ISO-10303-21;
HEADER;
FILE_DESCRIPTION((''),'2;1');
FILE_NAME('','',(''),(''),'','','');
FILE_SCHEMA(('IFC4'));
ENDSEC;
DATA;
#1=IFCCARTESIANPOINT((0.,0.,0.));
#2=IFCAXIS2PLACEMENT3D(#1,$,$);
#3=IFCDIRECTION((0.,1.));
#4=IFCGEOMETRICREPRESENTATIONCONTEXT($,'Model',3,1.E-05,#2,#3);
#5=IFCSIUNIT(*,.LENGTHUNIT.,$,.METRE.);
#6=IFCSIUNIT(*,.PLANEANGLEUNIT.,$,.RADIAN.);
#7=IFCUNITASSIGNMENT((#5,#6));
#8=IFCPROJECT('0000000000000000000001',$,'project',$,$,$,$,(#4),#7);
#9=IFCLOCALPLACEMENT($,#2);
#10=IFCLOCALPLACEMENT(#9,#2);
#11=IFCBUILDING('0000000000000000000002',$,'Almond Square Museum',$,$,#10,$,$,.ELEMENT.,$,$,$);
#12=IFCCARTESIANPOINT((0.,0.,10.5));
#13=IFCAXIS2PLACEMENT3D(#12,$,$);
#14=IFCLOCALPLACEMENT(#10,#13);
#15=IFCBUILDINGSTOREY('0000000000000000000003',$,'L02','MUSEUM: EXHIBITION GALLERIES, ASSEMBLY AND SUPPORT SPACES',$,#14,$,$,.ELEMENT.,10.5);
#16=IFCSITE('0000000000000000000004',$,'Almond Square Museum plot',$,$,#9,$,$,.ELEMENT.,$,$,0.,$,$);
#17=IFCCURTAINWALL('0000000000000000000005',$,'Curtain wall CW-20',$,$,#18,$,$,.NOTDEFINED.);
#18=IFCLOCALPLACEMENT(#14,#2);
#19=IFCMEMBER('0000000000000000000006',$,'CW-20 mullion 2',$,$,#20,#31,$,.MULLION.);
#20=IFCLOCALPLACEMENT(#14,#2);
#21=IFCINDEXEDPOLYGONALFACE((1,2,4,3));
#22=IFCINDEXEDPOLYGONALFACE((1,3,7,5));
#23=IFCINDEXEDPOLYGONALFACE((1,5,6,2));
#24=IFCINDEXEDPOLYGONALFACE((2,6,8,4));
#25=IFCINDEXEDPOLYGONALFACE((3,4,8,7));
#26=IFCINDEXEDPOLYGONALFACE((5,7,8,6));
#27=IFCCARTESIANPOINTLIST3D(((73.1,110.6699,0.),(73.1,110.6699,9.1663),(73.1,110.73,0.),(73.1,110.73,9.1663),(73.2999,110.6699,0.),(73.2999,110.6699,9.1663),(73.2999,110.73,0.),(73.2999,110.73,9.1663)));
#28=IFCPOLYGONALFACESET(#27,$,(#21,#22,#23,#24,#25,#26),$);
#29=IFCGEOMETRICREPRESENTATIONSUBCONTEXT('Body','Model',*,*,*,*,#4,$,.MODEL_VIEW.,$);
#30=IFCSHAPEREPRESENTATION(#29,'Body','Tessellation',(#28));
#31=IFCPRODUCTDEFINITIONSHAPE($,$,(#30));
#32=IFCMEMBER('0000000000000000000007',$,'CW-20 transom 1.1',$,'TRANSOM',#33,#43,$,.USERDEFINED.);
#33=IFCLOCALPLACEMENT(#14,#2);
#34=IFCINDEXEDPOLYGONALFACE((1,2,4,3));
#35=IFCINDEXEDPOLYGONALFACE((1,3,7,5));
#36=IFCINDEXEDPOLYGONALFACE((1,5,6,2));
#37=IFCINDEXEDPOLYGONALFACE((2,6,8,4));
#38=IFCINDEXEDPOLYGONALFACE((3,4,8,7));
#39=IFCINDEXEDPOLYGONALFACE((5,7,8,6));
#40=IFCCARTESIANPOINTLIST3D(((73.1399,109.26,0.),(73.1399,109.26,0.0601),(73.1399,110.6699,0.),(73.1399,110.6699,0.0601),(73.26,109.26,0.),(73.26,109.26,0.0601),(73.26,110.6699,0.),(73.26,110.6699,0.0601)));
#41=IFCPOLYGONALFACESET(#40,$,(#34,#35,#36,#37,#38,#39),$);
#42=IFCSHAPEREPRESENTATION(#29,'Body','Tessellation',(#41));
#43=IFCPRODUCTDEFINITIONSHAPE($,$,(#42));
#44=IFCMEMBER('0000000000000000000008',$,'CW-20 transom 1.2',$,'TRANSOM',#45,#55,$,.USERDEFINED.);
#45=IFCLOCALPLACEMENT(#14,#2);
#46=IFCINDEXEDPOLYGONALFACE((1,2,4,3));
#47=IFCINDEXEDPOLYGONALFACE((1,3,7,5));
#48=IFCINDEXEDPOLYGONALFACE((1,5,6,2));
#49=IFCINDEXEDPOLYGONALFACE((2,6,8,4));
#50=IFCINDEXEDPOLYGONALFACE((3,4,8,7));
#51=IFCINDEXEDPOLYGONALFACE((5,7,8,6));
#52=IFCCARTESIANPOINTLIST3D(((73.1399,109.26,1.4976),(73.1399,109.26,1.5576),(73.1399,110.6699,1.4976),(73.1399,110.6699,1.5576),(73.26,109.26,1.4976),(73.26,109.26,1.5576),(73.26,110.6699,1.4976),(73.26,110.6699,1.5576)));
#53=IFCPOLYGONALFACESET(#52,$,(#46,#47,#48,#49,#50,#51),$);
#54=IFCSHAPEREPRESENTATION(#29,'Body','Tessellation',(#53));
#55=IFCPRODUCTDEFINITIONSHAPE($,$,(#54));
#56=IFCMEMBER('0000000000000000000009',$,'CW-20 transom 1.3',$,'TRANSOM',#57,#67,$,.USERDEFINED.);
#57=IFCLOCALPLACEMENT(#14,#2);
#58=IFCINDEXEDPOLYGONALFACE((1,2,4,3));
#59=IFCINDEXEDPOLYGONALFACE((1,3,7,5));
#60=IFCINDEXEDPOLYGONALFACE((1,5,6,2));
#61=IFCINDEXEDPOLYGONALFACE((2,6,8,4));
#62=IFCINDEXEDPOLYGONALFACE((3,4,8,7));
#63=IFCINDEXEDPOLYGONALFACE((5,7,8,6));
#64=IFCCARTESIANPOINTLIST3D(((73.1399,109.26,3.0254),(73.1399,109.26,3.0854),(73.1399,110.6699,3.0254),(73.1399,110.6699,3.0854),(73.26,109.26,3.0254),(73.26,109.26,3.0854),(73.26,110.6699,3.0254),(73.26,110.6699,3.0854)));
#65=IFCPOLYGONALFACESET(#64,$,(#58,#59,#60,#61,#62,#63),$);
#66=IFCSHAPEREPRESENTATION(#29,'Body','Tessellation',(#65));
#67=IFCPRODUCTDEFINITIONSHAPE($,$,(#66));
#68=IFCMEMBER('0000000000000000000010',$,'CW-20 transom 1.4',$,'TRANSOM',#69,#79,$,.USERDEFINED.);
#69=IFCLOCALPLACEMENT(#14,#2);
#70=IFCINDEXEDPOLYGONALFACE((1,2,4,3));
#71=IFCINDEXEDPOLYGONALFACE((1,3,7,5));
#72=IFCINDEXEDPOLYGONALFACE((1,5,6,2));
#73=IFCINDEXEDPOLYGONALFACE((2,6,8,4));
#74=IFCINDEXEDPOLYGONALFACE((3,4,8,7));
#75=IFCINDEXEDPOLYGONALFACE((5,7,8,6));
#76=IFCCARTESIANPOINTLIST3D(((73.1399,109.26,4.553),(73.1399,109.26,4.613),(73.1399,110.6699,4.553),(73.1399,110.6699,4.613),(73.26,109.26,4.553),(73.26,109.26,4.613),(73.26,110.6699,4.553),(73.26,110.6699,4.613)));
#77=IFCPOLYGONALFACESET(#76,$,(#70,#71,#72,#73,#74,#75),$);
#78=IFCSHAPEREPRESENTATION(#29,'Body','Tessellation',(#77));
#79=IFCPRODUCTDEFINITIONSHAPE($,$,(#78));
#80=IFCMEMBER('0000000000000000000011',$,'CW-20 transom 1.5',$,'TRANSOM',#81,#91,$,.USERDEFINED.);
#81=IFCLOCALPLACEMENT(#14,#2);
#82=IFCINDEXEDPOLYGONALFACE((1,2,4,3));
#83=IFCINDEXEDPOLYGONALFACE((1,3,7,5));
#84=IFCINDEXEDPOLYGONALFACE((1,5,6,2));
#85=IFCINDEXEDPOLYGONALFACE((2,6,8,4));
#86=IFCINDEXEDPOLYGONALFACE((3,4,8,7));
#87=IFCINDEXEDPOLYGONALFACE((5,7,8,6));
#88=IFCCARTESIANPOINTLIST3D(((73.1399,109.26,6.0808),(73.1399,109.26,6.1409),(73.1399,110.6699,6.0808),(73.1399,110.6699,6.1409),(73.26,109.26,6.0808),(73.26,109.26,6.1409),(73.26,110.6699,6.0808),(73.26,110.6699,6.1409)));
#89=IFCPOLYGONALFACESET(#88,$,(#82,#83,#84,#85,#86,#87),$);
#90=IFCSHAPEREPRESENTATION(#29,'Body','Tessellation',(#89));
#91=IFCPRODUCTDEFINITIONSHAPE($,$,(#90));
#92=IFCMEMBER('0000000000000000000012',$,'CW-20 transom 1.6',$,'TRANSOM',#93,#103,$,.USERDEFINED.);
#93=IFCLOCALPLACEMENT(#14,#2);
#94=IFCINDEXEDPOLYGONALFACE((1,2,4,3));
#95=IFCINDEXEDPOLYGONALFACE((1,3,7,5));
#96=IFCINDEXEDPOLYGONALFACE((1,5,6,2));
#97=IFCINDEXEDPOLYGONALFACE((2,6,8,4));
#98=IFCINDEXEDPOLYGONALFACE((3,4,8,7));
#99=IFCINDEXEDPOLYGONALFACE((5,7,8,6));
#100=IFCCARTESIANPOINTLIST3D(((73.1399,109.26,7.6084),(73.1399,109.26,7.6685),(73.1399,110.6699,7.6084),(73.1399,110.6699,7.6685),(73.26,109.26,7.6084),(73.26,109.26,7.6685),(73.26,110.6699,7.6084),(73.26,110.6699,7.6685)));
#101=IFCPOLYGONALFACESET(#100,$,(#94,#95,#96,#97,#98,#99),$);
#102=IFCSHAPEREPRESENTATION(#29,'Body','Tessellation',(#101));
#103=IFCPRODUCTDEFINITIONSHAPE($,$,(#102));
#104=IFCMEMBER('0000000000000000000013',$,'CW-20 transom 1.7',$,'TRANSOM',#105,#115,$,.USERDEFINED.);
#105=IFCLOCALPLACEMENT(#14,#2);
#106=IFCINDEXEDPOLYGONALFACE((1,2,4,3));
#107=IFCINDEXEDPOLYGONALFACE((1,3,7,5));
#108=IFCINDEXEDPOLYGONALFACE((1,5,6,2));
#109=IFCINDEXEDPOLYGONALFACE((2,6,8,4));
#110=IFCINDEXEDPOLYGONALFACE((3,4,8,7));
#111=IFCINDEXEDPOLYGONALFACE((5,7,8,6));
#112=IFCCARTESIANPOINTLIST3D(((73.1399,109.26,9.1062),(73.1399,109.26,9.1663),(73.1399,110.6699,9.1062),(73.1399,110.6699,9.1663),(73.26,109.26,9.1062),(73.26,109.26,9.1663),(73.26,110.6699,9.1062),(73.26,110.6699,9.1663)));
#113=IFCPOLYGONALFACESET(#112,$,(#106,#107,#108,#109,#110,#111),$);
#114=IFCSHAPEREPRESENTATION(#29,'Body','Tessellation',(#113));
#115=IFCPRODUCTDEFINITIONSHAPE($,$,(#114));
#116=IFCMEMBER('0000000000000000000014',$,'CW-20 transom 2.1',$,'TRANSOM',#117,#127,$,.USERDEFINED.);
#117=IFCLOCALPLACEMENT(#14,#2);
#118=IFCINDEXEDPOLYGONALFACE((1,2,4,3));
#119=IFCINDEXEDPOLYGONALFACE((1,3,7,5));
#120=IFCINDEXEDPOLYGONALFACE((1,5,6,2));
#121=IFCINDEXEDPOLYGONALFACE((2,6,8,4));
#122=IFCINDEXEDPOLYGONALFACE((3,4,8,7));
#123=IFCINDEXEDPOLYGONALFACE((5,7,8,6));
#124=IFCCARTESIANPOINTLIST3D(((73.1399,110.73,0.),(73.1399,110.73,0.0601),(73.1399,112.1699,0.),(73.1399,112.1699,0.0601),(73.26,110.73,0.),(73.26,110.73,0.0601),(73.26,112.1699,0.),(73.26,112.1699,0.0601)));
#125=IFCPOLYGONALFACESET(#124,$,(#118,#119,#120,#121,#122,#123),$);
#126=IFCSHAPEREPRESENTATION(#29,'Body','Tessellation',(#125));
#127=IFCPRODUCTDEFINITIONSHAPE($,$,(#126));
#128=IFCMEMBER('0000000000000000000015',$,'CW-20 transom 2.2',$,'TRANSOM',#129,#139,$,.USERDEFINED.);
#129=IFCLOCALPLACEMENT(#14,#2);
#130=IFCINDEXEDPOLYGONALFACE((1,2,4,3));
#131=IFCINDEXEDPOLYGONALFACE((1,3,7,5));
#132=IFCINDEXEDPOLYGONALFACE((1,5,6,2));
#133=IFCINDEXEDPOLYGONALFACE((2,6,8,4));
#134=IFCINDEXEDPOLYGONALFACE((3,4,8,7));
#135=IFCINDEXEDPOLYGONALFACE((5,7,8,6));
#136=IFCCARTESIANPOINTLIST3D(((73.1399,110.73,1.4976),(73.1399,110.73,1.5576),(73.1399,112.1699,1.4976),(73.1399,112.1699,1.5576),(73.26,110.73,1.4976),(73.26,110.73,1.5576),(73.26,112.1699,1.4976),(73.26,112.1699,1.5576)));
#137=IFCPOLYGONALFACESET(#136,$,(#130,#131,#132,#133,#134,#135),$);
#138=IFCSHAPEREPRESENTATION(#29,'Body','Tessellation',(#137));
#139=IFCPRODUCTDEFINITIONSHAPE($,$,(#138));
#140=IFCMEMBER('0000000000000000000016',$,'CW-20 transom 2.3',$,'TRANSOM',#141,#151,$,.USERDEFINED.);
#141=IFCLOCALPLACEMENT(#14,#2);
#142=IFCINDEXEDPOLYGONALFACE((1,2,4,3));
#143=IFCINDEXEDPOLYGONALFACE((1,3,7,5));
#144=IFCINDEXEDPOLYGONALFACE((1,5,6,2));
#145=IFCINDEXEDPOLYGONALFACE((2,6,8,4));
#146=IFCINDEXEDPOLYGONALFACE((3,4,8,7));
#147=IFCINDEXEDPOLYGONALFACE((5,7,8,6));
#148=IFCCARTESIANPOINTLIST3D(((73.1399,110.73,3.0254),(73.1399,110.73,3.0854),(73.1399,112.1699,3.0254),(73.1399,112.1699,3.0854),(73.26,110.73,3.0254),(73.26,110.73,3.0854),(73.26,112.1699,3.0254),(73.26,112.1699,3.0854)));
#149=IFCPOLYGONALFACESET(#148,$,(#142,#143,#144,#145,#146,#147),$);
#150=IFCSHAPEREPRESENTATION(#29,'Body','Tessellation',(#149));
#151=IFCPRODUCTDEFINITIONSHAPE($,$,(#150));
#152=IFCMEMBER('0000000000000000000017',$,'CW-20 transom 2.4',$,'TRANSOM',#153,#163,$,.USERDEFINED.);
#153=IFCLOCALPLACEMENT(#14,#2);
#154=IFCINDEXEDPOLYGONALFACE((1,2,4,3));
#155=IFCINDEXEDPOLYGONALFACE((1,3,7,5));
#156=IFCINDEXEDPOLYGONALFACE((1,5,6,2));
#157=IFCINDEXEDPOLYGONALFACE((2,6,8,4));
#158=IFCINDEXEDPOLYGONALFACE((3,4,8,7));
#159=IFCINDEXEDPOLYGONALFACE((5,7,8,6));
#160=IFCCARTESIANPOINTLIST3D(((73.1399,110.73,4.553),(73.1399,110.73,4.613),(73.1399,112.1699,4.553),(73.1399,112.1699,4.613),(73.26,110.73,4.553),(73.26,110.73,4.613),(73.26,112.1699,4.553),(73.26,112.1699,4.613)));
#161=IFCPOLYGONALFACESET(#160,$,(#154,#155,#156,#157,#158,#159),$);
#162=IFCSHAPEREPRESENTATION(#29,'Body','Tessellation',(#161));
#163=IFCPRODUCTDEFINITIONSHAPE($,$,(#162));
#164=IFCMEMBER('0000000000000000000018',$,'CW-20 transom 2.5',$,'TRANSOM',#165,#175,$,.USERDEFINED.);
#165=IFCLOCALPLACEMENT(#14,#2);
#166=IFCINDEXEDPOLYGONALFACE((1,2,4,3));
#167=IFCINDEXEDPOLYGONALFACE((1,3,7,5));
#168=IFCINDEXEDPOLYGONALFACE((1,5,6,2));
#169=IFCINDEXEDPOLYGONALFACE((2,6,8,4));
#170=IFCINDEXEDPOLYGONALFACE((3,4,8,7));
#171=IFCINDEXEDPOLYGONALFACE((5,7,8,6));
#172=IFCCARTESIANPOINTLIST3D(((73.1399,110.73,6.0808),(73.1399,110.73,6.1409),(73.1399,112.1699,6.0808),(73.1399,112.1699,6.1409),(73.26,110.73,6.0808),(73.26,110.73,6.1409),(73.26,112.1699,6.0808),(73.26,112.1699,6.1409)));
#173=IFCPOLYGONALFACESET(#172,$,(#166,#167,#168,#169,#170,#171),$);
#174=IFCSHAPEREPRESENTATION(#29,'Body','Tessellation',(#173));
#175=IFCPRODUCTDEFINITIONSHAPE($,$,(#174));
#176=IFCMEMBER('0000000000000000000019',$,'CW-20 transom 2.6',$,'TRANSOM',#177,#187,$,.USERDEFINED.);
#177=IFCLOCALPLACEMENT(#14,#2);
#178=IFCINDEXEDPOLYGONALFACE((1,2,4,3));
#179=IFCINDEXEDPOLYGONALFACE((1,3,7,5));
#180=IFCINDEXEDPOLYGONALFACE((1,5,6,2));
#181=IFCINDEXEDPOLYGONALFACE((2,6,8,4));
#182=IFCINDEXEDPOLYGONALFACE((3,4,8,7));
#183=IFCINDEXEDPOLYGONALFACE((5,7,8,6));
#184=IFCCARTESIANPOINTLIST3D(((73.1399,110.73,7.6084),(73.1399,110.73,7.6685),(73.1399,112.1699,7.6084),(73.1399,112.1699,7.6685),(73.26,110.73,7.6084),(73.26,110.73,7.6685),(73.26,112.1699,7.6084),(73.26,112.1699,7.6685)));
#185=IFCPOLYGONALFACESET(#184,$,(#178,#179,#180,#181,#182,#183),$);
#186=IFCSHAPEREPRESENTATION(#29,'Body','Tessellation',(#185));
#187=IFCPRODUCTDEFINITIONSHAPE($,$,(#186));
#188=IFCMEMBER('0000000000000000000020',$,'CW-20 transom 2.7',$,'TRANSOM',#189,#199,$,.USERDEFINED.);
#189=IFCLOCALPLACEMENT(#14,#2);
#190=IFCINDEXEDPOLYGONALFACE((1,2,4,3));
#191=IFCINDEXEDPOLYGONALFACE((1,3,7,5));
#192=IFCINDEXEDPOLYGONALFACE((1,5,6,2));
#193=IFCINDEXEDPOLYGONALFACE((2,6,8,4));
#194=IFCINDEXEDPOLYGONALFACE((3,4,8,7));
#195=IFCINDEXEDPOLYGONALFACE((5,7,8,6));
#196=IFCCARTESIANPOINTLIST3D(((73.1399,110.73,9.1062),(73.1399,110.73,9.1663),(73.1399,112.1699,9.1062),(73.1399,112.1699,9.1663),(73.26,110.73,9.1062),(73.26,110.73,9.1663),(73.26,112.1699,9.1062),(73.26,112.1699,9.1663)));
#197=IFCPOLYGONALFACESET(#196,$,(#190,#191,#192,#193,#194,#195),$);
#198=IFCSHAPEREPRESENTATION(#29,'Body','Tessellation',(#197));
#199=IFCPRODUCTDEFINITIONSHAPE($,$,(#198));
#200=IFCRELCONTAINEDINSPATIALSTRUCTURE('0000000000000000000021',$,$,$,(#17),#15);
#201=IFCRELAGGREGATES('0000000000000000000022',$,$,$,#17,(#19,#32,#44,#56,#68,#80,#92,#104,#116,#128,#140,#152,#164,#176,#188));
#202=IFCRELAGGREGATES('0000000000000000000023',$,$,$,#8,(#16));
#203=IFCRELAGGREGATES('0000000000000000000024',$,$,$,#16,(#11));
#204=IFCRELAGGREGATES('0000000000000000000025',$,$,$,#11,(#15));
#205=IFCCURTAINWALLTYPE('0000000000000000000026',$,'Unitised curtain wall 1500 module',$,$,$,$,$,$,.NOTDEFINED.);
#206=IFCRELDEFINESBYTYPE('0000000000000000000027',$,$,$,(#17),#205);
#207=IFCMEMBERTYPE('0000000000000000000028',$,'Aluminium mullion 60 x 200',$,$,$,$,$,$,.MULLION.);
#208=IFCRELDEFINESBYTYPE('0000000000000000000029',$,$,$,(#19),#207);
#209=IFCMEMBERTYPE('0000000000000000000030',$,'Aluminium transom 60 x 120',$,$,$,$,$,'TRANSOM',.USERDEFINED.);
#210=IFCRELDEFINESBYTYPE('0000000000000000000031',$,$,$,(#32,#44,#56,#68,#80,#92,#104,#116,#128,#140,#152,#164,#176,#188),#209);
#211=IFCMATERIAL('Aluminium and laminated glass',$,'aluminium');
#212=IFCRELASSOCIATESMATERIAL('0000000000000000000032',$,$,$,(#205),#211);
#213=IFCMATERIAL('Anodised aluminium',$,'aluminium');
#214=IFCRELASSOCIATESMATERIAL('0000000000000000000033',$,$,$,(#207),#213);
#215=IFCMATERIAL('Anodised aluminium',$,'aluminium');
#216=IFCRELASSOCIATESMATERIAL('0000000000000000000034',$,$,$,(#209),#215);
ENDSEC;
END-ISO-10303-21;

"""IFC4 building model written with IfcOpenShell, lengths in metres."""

from ifc_helpers import new_model, si_unit, direction, frame, origin, origin_2d, place, context, subcontext, project, spatial, rectangle, extrude, material, material_profile, profile_set, type_object, element, aggregate, save


model = new_model("IFC4")

# Units and contexts
model_context = context("Model", 3, precision=1e-05, world=origin(), true_north=direction((0.0, 1.0)))
body_context = subcontext(model_context, "Body", "Model", "MODEL_VIEW")
ifc_project = project(units=[si_unit("LENGTHUNIT", "METRE"), si_unit("PLANEANGLEUNIT", "RADIAN")], contexts=[model_context])

# Site, building, storey
site_placement = place(None, origin())
site = spatial("IfcSite", under=ifc_project, at=site_placement, Name="Almond Square Museum plot", CompositionType="ELEMENT", RefElevation=0.0)
building_placement = place(site_placement, origin())
building = spatial("IfcBuilding", under=site, at=building_placement, Name="Almond Square Museum", CompositionType="ELEMENT")
storey_placement = place(building_placement, frame((0.0, 0.0, 10.5)))
storey = spatial("IfcBuildingStorey", under=building, at=storey_placement, Name="L02", Description="MUSEUM: EXHIBITION GALLERIES, ASSEMBLY AND SUPPORT SPACES", CompositionType="ELEMENT", Elevation=10.5)

# Curtain wall, members
ifc_material_1 = material(Name="Aluminium and laminated glass", Category="aluminium")
curtain_wall_type = type_object("IfcCurtainWallType", Name="Unitised curtain wall 1500 module", PredefinedType="NOTDEFINED", material=ifc_material_1)
curtain_wall_placement = place(storey_placement, origin())
curtain_wall = element("IfcCurtainWall", 1, at=curtain_wall_placement, inside=storey, type_object=curtain_wall_type, Name="Curtain wall CW-20", PredefinedType="NOTDEFINED")
ifc_material_2 = material(Name="Anodised aluminium", Category="aluminium")
ifc_material_profile_1 = material_profile(ifc_material_2, rectangle(XDim=0.2, YDim=0.0601, at=origin_2d()))
ifc_profile_set_1 = profile_set([ifc_material_profile_1], Name="Anodised aluminium")
member_type_1 = type_object("IfcMemberType", Name="Aluminium mullion 60 x 200", PredefinedType="MULLION", material=ifc_profile_set_1)
member_1_placement = place(storey_placement, frame((73.2, 110.7, 0.0), z_axis=(0.0, 0.0, 1.0), x_axis=(-1.0, 0.0, 0.0)))
member_1 = element("IfcMember", 2, at=member_1_placement, type_object=member_type_1, Name="CW-20 mullion 2", PredefinedType="MULLION", context=body_context, shape_type="SweptSolid", body=[
    extrude(rectangle(XDim=0.2, YDim=0.0601, at=origin_2d()), origin(), (0.0, 0.0, 1.0), 9.1663),
])
ifc_material_3 = material(Name="Anodised aluminium", Category="aluminium")
ifc_material_profile_2 = material_profile(ifc_material_3, rectangle(XDim=0.1201, YDim=0.0601, at=origin_2d()))
ifc_profile_set_2 = profile_set([ifc_material_profile_2], Name="Anodised aluminium")
member_type_2 = type_object("IfcMemberType", Name="Aluminium transom 60 x 120", ElementType="TRANSOM", PredefinedType="USERDEFINED", material=ifc_profile_set_2)
member_2_placement = place(storey_placement, frame((73.2, 109.26, 0.03), z_axis=(0.0, 1.0, 0.0), x_axis=(-1.0, 0.0, 0.0)))
member_2 = element("IfcMember", 3, at=member_2_placement, type_object=member_type_2, Name="CW-20 transom 1.1", ObjectType="TRANSOM", PredefinedType="USERDEFINED", context=body_context, shape_type="SweptSolid", body=[
    extrude(rectangle(XDim=0.1201, YDim=0.0601, at=origin_2d()), origin(), (0.0, 0.0, 1.0), 1.4099),
])
member_3_placement = place(storey_placement, frame((73.2, 109.26, 1.5276), z_axis=(0.0, 1.0, 0.0), x_axis=(-1.0, 0.0, 0.0)))
member_3 = element("IfcMember", 4, at=member_3_placement, type_object=member_type_2, Name="CW-20 transom 1.2", ObjectType="TRANSOM", PredefinedType="USERDEFINED", context=body_context, shape_type="SweptSolid", body=[
    extrude(rectangle(XDim=0.1201, YDim=0.0601, at=origin_2d()), origin(), (0.0, 0.0, 1.0), 1.4099),
])
member_4_placement = place(storey_placement, frame((73.2, 109.26, 3.0554), z_axis=(0.0, 1.0, 0.0), x_axis=(-1.0, 0.0, 0.0)))
member_4 = element("IfcMember", 5, at=member_4_placement, type_object=member_type_2, Name="CW-20 transom 1.3", ObjectType="TRANSOM", PredefinedType="USERDEFINED", context=body_context, shape_type="SweptSolid", body=[
    extrude(rectangle(XDim=0.1201, YDim=0.0601, at=origin_2d()), origin(), (0.0, 0.0, 1.0), 1.4099),
])
member_5_placement = place(storey_placement, frame((73.2, 109.26, 4.583), z_axis=(0.0, 1.0, 0.0), x_axis=(-1.0, 0.0, 0.0)))
member_5 = element("IfcMember", 6, at=member_5_placement, type_object=member_type_2, Name="CW-20 transom 1.4", ObjectType="TRANSOM", PredefinedType="USERDEFINED", context=body_context, shape_type="SweptSolid", body=[
    extrude(rectangle(XDim=0.1201, YDim=0.0601, at=origin_2d()), origin(), (0.0, 0.0, 1.0), 1.4099),
])
member_6_placement = place(storey_placement, frame((73.2, 109.26, 6.1108), z_axis=(0.0, 1.0, 0.0), x_axis=(-1.0, 0.0, 0.0)))
member_6 = element("IfcMember", 7, at=member_6_placement, type_object=member_type_2, Name="CW-20 transom 1.5", ObjectType="TRANSOM", PredefinedType="USERDEFINED", context=body_context, shape_type="SweptSolid", body=[
    extrude(rectangle(XDim=0.1201, YDim=0.0601, at=origin_2d()), origin(), (0.0, 0.0, 1.0), 1.4099),
])
member_7_placement = place(storey_placement, frame((73.2, 109.26, 7.6384), z_axis=(0.0, 1.0, 0.0), x_axis=(-1.0, 0.0, 0.0)))
member_7 = element("IfcMember", 8, at=member_7_placement, type_object=member_type_2, Name="CW-20 transom 1.6", ObjectType="TRANSOM", PredefinedType="USERDEFINED", context=body_context, shape_type="SweptSolid", body=[
    extrude(rectangle(XDim=0.1201, YDim=0.0601, at=origin_2d()), origin(), (0.0, 0.0, 1.0), 1.4099),
])
member_8_placement = place(storey_placement, frame((73.2, 109.26, 9.1362), z_axis=(0.0, 1.0, 0.0), x_axis=(-1.0, 0.0, 0.0)))
member_8 = element("IfcMember", 9, at=member_8_placement, type_object=member_type_2, Name="CW-20 transom 1.7", ObjectType="TRANSOM", PredefinedType="USERDEFINED", context=body_context, shape_type="SweptSolid", body=[
    extrude(rectangle(XDim=0.1201, YDim=0.0601, at=origin_2d()), origin(), (0.0, 0.0, 1.0), 1.4099),
])
member_9_placement = place(storey_placement, frame((73.2, 110.73, 0.03), z_axis=(0.0, 1.0, 0.0), x_axis=(-1.0, 0.0, 0.0)))
member_9 = element("IfcMember", 10, at=member_9_placement, type_object=member_type_2, Name="CW-20 transom 2.1", ObjectType="TRANSOM", PredefinedType="USERDEFINED", context=body_context, shape_type="SweptSolid", body=[
    extrude(rectangle(XDim=0.1201, YDim=0.0601, at=origin_2d()), origin(), (0.0, 0.0, 1.0), 1.4399),
])
member_10_placement = place(storey_placement, frame((73.2, 110.73, 1.5276), z_axis=(0.0, 1.0, 0.0), x_axis=(-1.0, 0.0, 0.0)))
member_10 = element("IfcMember", 11, at=member_10_placement, type_object=member_type_2, Name="CW-20 transom 2.2", ObjectType="TRANSOM", PredefinedType="USERDEFINED", context=body_context, shape_type="SweptSolid", body=[
    extrude(rectangle(XDim=0.1201, YDim=0.0601, at=origin_2d()), origin(), (0.0, 0.0, 1.0), 1.4399),
])
member_11_placement = place(storey_placement, frame((73.2, 110.73, 3.0554), z_axis=(0.0, 1.0, 0.0), x_axis=(-1.0, 0.0, 0.0)))
member_11 = element("IfcMember", 12, at=member_11_placement, type_object=member_type_2, Name="CW-20 transom 2.3", ObjectType="TRANSOM", PredefinedType="USERDEFINED", context=body_context, shape_type="SweptSolid", body=[
    extrude(rectangle(XDim=0.1201, YDim=0.0601, at=origin_2d()), origin(), (0.0, 0.0, 1.0), 1.4399),
])
member_12_placement = place(storey_placement, frame((73.2, 110.73, 4.583), z_axis=(0.0, 1.0, 0.0), x_axis=(-1.0, 0.0, 0.0)))
member_12 = element("IfcMember", 13, at=member_12_placement, type_object=member_type_2, Name="CW-20 transom 2.4", ObjectType="TRANSOM", PredefinedType="USERDEFINED", context=body_context, shape_type="SweptSolid", body=[
    extrude(rectangle(XDim=0.1201, YDim=0.0601, at=origin_2d()), origin(), (0.0, 0.0, 1.0), 1.4399),
])
member_13_placement = place(storey_placement, frame((73.2, 110.73, 6.1108), z_axis=(0.0, 1.0, 0.0), x_axis=(-1.0, 0.0, 0.0)))
member_13 = element("IfcMember", 14, at=member_13_placement, type_object=member_type_2, Name="CW-20 transom 2.5", ObjectType="TRANSOM", PredefinedType="USERDEFINED", context=body_context, shape_type="SweptSolid", body=[
    extrude(rectangle(XDim=0.1201, YDim=0.0601, at=origin_2d()), origin(), (0.0, 0.0, 1.0), 1.4399),
])
member_14_placement = place(storey_placement, frame((73.2, 110.73, 7.6384), z_axis=(0.0, 1.0, 0.0), x_axis=(-1.0, 0.0, 0.0)))
member_14 = element("IfcMember", 15, at=member_14_placement, type_object=member_type_2, Name="CW-20 transom 2.6", ObjectType="TRANSOM", PredefinedType="USERDEFINED", context=body_context, shape_type="SweptSolid", body=[
    extrude(rectangle(XDim=0.1201, YDim=0.0601, at=origin_2d()), origin(), (0.0, 0.0, 1.0), 1.4399),
])
member_15_placement = place(storey_placement, frame((73.2, 110.73, 9.1362), z_axis=(0.0, 1.0, 0.0), x_axis=(-1.0, 0.0, 0.0)))
member_15 = element("IfcMember", 16, at=member_15_placement, type_object=member_type_2, Name="CW-20 transom 2.7", ObjectType="TRANSOM", PredefinedType="USERDEFINED", context=body_context, shape_type="SweptSolid", body=[
    extrude(rectangle(XDim=0.1201, YDim=0.0601, at=origin_2d()), origin(), (0.0, 0.0, 1.0), 1.4399),
])

aggregate(curtain_wall, [member_1, member_2, member_3, member_4, member_5, member_6, member_7, member_8, member_9, member_10, member_11, member_12, member_13, member_14, member_15])

save(model, "model.ifc")
